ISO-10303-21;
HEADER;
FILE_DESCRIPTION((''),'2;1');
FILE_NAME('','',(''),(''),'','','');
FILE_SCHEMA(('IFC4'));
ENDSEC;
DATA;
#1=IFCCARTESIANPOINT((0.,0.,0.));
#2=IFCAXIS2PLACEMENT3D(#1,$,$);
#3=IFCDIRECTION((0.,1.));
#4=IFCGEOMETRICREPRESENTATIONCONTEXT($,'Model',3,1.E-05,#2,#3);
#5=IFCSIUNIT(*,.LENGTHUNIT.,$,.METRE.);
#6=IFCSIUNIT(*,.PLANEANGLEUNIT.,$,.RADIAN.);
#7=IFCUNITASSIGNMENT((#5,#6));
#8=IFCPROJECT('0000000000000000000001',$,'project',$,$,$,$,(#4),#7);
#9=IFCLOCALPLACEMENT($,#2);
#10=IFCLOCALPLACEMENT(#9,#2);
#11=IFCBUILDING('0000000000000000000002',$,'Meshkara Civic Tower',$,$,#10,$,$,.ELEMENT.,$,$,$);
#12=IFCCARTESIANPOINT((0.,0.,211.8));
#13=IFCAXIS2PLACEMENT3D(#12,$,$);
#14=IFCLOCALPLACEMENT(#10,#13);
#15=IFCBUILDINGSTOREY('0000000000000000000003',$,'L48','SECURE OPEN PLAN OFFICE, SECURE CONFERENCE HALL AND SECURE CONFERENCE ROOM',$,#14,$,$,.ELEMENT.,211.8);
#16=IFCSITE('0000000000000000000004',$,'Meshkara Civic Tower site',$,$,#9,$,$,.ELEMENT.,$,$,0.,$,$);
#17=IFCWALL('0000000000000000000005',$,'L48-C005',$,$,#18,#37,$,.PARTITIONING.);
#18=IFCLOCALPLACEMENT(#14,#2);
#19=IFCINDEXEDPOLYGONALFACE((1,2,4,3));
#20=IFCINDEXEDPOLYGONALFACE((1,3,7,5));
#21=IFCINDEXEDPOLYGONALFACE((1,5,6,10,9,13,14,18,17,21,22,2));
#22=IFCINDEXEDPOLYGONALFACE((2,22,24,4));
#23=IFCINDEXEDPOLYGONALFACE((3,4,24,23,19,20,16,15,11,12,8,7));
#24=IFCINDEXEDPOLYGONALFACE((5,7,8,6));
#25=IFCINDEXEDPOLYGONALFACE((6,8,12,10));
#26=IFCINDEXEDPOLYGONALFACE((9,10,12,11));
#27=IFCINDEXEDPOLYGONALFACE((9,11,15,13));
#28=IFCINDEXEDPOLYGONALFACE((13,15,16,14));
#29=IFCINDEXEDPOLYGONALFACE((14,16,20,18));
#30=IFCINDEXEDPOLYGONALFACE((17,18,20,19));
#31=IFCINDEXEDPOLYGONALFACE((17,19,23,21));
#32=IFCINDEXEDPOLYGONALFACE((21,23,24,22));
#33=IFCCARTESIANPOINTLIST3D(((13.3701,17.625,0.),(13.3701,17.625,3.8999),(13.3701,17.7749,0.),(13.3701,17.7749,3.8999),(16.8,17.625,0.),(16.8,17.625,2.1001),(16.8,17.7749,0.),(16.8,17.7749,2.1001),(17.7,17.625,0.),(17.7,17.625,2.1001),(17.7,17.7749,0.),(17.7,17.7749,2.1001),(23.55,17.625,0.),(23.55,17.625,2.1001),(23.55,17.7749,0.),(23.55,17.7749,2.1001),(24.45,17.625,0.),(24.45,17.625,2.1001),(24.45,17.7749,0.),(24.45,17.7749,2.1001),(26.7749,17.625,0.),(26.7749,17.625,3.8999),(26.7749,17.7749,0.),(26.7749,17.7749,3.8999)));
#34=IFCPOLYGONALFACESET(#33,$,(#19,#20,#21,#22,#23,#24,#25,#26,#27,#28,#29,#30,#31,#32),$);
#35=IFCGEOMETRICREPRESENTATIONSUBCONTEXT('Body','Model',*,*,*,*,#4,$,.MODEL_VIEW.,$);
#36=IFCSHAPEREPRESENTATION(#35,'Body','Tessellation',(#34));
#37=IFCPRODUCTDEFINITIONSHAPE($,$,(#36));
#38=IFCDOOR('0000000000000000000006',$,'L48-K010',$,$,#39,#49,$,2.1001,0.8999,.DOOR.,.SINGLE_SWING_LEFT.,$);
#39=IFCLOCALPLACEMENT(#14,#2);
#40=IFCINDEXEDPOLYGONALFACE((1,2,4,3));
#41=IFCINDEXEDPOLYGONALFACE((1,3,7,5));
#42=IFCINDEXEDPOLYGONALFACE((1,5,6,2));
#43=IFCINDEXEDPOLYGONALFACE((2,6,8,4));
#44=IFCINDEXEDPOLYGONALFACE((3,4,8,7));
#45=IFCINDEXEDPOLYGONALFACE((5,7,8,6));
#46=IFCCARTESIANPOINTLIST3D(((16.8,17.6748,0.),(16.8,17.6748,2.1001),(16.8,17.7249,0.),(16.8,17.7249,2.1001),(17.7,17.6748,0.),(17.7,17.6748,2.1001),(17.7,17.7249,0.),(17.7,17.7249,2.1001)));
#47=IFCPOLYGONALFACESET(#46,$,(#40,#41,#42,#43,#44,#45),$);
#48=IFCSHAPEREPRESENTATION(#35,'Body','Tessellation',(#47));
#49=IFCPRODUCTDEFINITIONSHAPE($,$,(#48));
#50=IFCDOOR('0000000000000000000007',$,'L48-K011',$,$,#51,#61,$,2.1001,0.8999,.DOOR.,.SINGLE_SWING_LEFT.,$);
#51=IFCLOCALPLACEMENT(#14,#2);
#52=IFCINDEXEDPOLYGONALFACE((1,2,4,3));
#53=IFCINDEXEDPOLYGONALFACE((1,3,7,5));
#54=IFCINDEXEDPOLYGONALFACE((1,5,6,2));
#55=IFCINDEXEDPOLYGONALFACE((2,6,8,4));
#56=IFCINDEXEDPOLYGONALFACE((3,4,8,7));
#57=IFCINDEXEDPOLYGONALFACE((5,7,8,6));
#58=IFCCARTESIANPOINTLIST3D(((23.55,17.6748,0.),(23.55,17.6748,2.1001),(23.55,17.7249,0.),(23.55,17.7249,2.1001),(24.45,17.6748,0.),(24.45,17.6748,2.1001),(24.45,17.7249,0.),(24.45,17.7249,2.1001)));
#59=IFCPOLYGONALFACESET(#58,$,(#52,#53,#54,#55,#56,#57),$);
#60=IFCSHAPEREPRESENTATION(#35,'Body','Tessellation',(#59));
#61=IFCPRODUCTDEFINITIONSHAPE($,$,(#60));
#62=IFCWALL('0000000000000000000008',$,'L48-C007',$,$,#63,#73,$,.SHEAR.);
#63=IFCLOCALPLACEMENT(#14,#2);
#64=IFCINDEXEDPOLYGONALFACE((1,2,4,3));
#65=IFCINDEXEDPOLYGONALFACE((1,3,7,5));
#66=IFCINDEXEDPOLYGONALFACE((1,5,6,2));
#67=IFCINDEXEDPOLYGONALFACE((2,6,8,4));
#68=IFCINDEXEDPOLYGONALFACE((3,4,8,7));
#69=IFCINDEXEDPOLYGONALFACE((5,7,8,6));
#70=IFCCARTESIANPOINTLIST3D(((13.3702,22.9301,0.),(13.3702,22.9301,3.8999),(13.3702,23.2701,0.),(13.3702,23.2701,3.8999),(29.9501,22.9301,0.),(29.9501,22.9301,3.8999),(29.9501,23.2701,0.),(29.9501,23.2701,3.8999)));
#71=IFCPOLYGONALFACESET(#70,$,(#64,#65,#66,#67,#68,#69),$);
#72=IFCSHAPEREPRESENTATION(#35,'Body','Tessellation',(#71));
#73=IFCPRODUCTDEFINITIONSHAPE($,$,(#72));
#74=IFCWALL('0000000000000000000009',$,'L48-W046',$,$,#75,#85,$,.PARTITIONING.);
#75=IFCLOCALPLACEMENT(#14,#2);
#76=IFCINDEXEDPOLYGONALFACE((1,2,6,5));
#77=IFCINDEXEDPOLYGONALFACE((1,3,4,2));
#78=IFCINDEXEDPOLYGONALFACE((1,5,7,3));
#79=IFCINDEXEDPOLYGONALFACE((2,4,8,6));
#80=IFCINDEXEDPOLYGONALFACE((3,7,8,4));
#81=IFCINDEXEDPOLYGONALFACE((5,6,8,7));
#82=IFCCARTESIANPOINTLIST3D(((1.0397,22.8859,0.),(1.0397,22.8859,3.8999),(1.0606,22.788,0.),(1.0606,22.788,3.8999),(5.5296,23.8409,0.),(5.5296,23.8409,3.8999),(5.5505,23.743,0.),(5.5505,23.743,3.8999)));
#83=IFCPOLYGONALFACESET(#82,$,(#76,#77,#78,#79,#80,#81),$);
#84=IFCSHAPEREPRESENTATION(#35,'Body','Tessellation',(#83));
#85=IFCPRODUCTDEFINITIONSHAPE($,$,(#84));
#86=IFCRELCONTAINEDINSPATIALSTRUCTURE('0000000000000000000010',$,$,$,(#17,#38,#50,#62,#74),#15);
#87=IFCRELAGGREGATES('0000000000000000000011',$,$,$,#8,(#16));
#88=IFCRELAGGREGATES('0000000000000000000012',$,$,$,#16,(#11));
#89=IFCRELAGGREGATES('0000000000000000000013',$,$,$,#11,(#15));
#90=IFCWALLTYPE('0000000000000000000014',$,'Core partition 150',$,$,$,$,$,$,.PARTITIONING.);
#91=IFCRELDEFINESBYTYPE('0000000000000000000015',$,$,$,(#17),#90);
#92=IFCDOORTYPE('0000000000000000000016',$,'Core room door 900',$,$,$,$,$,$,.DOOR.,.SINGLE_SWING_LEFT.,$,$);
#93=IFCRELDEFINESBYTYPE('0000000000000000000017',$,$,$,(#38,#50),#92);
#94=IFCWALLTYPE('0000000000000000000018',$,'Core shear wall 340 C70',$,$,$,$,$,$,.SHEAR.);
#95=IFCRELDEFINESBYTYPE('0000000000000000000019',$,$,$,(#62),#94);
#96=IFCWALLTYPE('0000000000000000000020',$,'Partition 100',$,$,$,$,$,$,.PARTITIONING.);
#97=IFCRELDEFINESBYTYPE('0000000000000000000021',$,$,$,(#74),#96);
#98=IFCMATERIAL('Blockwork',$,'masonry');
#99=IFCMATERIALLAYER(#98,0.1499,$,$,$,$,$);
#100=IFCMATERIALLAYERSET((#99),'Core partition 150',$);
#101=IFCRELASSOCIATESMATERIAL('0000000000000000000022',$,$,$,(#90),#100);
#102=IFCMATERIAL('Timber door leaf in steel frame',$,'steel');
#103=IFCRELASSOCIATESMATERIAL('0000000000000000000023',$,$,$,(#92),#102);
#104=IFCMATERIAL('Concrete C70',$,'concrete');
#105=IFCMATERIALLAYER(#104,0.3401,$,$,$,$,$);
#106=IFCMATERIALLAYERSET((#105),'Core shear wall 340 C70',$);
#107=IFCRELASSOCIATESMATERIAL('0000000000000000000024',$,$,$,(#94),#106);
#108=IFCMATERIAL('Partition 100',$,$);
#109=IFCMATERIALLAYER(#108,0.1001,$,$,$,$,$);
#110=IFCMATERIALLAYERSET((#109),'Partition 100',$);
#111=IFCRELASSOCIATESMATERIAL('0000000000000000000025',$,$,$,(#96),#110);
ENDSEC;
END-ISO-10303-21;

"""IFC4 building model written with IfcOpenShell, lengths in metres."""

from ifc_helpers import new_model, si_unit, direction, frame, frame_2d, origin, place, context, subcontext, project, spatial, rectangle, extrude, material, layer, layer_set, type_object, element, fill, save


model = new_model("IFC4")

# Units and contexts
model_context = context("Model", 3, precision=1e-05, world=origin(), true_north=direction((0.0, 1.0)))
body_context = subcontext(model_context, "Body", "Model", "MODEL_VIEW")
ifc_project = project(units=[si_unit("LENGTHUNIT", "METRE"), si_unit("PLANEANGLEUNIT", "RADIAN")], contexts=[model_context])

# Site, building, storey
site_placement = place(None, origin())
site = spatial("IfcSite", under=ifc_project, at=site_placement, Name="Meshkara Civic Tower site", CompositionType="ELEMENT", RefElevation=0.0)
building_placement = place(site_placement, origin())
building = spatial("IfcBuilding", under=site, at=building_placement, Name="Meshkara Civic Tower", CompositionType="ELEMENT")
storey_placement = place(building_placement, frame((0.0, 0.0, 211.8)))
storey = spatial("IfcBuildingStorey", under=building, at=storey_placement, Name="L48", Description="SECURE OPEN PLAN OFFICE, SECURE CONFERENCE HALL AND SECURE CONFERENCE ROOM", CompositionType="ELEMENT", Elevation=211.8)

# Wall, openings, doors
ifc_material_1 = material(Name="Blockwork", Category="masonry")
ifc_layer_1 = layer(ifc_material_1, 0.1499)
ifc_layer_set_1 = layer_set([ifc_layer_1], Name="Core partition 150")
wall_type_1 = type_object("IfcWallType", Name="Core partition 150", PredefinedType="PARTITIONING", material=ifc_layer_set_1)
wall_1_placement = place(storey_placement, frame((13.3701, 17.7, 0.0), z_axis=(0.0, 0.0, 1.0), x_axis=(1.0, 0.0, 0.0)))
wall_1 = element("IfcWall", 1, at=wall_1_placement, inside=storey, type_object=wall_type_1, Name="L48-C005", PredefinedType="PARTITIONING", context=body_context, shape_type="SweptSolid", body=[
    extrude(rectangle(XDim=13.4048, YDim=0.1499, at=frame_2d((6.7024, 0.0))), origin(), (0.0, 0.0, 1.0), 3.8999),
])
opening_1_placement = place(wall_1_placement, frame((3.4299, 0.0, 0.0)))
opening_1 = element("IfcOpeningElement", 2, at=opening_1_placement, cuts=wall_1, PredefinedType="OPENING", context=body_context, shape_type="SweptSolid", body=[
    extrude(rectangle(XDim=0.8999, YDim=2.1001, at=frame_2d((0.45, 1.05))), frame((0.0, 0.085, 0.0), z_axis=(0.0, -1.0, 0.0), x_axis=(1.0, 0.0, 0.0)), (0.0, 0.0, 1.0), 0.1699),
])
opening_2_placement = place(wall_1_placement, frame((10.1799, 0.0, 0.0)))
opening_2 = element("IfcOpeningElement", 3, at=opening_2_placement, cuts=wall_1, PredefinedType="OPENING", context=body_context, shape_type="SweptSolid", body=[
    extrude(rectangle(XDim=0.8999, YDim=2.1001, at=frame_2d((0.45, 1.05))), frame((0.0, 0.085, 0.0), z_axis=(0.0, -1.0, 0.0), x_axis=(1.0, 0.0, 0.0)), (0.0, 0.0, 1.0), 0.1699),
])
ifc_material_2 = material(Name="Timber door leaf in steel frame", Category="steel")
door_type_1 = type_object("IfcDoorType", Name="Core room door 900", OperationType="SINGLE_SWING_LEFT", PredefinedType="DOOR", material=ifc_material_2)
door_1_placement = place(opening_1_placement, origin())
door_1 = element("IfcDoor", 4, at=door_1_placement, inside=storey, type_object=door_type_1, Name="L48-K010", OperationType="SINGLE_SWING_LEFT", OverallHeight=2.1001, OverallWidth=0.8999, PredefinedType="DOOR", context=body_context, shape_type="SweptSolid", body=[
    extrude(rectangle(XDim=0.8999, YDim=2.1001, at=frame_2d((0.45, 1.05))), frame((0.0, 0.0249, 0.0), z_axis=(0.0, -1.0, 0.0), x_axis=(1.0, 0.0, 0.0)), (0.0, 0.0, 1.0), 0.05),
])
fill(opening_1, door_1)
door_2_placement = place(opening_2_placement, origin())
door_2 = element("IfcDoor", 5, at=door_2_placement, inside=storey, type_object=door_type_1, Name="L48-K011", OperationType="SINGLE_SWING_LEFT", OverallHeight=2.1001, OverallWidth=0.8999, PredefinedType="DOOR", context=body_context, shape_type="SweptSolid", body=[
    extrude(rectangle(XDim=0.8999, YDim=2.1001, at=frame_2d((0.45, 1.05))), frame((0.0, 0.0249, 0.0), z_axis=(0.0, -1.0, 0.0), x_axis=(1.0, 0.0, 0.0)), (0.0, 0.0, 1.0), 0.05),
])
fill(opening_2, door_2)

# Walls
ifc_material_3 = material(Name="Concrete C70", Category="concrete")
ifc_layer_2 = layer(ifc_material_3, 0.3401)
ifc_layer_set_2 = layer_set([ifc_layer_2], Name="Core shear wall 340 C70")
wall_type_2 = type_object("IfcWallType", Name="Core shear wall 340 C70", PredefinedType="SHEAR", material=ifc_layer_set_2)
wall_2_placement = place(storey_placement, frame((13.3701, 23.1001, 0.0), z_axis=(0.0, 0.0, 1.0), x_axis=(1.0, 0.0, 0.0)))
element("IfcWall", 6, at=wall_2_placement, inside=storey, type_object=wall_type_2, Name="L48-C007", PredefinedType="SHEAR", context=body_context, shape_type="SweptSolid", body=[
    extrude(rectangle(XDim=16.5798, YDim=0.3401, at=frame_2d((8.29, 0.0))), origin(), (0.0, 0.0, 1.0), 3.8999),
])
ifc_material_4 = material(Name="Partition 100")
ifc_layer_3 = layer(ifc_material_4, 0.1001)
ifc_layer_set_3 = layer_set([ifc_layer_3], Name="Partition 100")
wall_type_3 = type_object("IfcWallType", Name="Partition 100", PredefinedType="PARTITIONING", material=ifc_layer_set_3)
wall_3_placement = place(storey_placement, frame((5.54, 23.792, 0.0), z_axis=(0.0, 0.0, 1.0), x_axis=(-0.978117, -0.208058, 0.0)))
element("IfcWall", 7, at=wall_3_placement, inside=storey, type_object=wall_type_3, Name="L48-W046", PredefinedType="PARTITIONING", context=body_context, shape_type="SweptSolid", body=[
    extrude(rectangle(XDim=4.5903, YDim=0.1001, at=frame_2d((2.2952, 0.0))), origin(), (0.0, 0.0, 1.0), 3.8999),
])

save(model, "model.ifc")
